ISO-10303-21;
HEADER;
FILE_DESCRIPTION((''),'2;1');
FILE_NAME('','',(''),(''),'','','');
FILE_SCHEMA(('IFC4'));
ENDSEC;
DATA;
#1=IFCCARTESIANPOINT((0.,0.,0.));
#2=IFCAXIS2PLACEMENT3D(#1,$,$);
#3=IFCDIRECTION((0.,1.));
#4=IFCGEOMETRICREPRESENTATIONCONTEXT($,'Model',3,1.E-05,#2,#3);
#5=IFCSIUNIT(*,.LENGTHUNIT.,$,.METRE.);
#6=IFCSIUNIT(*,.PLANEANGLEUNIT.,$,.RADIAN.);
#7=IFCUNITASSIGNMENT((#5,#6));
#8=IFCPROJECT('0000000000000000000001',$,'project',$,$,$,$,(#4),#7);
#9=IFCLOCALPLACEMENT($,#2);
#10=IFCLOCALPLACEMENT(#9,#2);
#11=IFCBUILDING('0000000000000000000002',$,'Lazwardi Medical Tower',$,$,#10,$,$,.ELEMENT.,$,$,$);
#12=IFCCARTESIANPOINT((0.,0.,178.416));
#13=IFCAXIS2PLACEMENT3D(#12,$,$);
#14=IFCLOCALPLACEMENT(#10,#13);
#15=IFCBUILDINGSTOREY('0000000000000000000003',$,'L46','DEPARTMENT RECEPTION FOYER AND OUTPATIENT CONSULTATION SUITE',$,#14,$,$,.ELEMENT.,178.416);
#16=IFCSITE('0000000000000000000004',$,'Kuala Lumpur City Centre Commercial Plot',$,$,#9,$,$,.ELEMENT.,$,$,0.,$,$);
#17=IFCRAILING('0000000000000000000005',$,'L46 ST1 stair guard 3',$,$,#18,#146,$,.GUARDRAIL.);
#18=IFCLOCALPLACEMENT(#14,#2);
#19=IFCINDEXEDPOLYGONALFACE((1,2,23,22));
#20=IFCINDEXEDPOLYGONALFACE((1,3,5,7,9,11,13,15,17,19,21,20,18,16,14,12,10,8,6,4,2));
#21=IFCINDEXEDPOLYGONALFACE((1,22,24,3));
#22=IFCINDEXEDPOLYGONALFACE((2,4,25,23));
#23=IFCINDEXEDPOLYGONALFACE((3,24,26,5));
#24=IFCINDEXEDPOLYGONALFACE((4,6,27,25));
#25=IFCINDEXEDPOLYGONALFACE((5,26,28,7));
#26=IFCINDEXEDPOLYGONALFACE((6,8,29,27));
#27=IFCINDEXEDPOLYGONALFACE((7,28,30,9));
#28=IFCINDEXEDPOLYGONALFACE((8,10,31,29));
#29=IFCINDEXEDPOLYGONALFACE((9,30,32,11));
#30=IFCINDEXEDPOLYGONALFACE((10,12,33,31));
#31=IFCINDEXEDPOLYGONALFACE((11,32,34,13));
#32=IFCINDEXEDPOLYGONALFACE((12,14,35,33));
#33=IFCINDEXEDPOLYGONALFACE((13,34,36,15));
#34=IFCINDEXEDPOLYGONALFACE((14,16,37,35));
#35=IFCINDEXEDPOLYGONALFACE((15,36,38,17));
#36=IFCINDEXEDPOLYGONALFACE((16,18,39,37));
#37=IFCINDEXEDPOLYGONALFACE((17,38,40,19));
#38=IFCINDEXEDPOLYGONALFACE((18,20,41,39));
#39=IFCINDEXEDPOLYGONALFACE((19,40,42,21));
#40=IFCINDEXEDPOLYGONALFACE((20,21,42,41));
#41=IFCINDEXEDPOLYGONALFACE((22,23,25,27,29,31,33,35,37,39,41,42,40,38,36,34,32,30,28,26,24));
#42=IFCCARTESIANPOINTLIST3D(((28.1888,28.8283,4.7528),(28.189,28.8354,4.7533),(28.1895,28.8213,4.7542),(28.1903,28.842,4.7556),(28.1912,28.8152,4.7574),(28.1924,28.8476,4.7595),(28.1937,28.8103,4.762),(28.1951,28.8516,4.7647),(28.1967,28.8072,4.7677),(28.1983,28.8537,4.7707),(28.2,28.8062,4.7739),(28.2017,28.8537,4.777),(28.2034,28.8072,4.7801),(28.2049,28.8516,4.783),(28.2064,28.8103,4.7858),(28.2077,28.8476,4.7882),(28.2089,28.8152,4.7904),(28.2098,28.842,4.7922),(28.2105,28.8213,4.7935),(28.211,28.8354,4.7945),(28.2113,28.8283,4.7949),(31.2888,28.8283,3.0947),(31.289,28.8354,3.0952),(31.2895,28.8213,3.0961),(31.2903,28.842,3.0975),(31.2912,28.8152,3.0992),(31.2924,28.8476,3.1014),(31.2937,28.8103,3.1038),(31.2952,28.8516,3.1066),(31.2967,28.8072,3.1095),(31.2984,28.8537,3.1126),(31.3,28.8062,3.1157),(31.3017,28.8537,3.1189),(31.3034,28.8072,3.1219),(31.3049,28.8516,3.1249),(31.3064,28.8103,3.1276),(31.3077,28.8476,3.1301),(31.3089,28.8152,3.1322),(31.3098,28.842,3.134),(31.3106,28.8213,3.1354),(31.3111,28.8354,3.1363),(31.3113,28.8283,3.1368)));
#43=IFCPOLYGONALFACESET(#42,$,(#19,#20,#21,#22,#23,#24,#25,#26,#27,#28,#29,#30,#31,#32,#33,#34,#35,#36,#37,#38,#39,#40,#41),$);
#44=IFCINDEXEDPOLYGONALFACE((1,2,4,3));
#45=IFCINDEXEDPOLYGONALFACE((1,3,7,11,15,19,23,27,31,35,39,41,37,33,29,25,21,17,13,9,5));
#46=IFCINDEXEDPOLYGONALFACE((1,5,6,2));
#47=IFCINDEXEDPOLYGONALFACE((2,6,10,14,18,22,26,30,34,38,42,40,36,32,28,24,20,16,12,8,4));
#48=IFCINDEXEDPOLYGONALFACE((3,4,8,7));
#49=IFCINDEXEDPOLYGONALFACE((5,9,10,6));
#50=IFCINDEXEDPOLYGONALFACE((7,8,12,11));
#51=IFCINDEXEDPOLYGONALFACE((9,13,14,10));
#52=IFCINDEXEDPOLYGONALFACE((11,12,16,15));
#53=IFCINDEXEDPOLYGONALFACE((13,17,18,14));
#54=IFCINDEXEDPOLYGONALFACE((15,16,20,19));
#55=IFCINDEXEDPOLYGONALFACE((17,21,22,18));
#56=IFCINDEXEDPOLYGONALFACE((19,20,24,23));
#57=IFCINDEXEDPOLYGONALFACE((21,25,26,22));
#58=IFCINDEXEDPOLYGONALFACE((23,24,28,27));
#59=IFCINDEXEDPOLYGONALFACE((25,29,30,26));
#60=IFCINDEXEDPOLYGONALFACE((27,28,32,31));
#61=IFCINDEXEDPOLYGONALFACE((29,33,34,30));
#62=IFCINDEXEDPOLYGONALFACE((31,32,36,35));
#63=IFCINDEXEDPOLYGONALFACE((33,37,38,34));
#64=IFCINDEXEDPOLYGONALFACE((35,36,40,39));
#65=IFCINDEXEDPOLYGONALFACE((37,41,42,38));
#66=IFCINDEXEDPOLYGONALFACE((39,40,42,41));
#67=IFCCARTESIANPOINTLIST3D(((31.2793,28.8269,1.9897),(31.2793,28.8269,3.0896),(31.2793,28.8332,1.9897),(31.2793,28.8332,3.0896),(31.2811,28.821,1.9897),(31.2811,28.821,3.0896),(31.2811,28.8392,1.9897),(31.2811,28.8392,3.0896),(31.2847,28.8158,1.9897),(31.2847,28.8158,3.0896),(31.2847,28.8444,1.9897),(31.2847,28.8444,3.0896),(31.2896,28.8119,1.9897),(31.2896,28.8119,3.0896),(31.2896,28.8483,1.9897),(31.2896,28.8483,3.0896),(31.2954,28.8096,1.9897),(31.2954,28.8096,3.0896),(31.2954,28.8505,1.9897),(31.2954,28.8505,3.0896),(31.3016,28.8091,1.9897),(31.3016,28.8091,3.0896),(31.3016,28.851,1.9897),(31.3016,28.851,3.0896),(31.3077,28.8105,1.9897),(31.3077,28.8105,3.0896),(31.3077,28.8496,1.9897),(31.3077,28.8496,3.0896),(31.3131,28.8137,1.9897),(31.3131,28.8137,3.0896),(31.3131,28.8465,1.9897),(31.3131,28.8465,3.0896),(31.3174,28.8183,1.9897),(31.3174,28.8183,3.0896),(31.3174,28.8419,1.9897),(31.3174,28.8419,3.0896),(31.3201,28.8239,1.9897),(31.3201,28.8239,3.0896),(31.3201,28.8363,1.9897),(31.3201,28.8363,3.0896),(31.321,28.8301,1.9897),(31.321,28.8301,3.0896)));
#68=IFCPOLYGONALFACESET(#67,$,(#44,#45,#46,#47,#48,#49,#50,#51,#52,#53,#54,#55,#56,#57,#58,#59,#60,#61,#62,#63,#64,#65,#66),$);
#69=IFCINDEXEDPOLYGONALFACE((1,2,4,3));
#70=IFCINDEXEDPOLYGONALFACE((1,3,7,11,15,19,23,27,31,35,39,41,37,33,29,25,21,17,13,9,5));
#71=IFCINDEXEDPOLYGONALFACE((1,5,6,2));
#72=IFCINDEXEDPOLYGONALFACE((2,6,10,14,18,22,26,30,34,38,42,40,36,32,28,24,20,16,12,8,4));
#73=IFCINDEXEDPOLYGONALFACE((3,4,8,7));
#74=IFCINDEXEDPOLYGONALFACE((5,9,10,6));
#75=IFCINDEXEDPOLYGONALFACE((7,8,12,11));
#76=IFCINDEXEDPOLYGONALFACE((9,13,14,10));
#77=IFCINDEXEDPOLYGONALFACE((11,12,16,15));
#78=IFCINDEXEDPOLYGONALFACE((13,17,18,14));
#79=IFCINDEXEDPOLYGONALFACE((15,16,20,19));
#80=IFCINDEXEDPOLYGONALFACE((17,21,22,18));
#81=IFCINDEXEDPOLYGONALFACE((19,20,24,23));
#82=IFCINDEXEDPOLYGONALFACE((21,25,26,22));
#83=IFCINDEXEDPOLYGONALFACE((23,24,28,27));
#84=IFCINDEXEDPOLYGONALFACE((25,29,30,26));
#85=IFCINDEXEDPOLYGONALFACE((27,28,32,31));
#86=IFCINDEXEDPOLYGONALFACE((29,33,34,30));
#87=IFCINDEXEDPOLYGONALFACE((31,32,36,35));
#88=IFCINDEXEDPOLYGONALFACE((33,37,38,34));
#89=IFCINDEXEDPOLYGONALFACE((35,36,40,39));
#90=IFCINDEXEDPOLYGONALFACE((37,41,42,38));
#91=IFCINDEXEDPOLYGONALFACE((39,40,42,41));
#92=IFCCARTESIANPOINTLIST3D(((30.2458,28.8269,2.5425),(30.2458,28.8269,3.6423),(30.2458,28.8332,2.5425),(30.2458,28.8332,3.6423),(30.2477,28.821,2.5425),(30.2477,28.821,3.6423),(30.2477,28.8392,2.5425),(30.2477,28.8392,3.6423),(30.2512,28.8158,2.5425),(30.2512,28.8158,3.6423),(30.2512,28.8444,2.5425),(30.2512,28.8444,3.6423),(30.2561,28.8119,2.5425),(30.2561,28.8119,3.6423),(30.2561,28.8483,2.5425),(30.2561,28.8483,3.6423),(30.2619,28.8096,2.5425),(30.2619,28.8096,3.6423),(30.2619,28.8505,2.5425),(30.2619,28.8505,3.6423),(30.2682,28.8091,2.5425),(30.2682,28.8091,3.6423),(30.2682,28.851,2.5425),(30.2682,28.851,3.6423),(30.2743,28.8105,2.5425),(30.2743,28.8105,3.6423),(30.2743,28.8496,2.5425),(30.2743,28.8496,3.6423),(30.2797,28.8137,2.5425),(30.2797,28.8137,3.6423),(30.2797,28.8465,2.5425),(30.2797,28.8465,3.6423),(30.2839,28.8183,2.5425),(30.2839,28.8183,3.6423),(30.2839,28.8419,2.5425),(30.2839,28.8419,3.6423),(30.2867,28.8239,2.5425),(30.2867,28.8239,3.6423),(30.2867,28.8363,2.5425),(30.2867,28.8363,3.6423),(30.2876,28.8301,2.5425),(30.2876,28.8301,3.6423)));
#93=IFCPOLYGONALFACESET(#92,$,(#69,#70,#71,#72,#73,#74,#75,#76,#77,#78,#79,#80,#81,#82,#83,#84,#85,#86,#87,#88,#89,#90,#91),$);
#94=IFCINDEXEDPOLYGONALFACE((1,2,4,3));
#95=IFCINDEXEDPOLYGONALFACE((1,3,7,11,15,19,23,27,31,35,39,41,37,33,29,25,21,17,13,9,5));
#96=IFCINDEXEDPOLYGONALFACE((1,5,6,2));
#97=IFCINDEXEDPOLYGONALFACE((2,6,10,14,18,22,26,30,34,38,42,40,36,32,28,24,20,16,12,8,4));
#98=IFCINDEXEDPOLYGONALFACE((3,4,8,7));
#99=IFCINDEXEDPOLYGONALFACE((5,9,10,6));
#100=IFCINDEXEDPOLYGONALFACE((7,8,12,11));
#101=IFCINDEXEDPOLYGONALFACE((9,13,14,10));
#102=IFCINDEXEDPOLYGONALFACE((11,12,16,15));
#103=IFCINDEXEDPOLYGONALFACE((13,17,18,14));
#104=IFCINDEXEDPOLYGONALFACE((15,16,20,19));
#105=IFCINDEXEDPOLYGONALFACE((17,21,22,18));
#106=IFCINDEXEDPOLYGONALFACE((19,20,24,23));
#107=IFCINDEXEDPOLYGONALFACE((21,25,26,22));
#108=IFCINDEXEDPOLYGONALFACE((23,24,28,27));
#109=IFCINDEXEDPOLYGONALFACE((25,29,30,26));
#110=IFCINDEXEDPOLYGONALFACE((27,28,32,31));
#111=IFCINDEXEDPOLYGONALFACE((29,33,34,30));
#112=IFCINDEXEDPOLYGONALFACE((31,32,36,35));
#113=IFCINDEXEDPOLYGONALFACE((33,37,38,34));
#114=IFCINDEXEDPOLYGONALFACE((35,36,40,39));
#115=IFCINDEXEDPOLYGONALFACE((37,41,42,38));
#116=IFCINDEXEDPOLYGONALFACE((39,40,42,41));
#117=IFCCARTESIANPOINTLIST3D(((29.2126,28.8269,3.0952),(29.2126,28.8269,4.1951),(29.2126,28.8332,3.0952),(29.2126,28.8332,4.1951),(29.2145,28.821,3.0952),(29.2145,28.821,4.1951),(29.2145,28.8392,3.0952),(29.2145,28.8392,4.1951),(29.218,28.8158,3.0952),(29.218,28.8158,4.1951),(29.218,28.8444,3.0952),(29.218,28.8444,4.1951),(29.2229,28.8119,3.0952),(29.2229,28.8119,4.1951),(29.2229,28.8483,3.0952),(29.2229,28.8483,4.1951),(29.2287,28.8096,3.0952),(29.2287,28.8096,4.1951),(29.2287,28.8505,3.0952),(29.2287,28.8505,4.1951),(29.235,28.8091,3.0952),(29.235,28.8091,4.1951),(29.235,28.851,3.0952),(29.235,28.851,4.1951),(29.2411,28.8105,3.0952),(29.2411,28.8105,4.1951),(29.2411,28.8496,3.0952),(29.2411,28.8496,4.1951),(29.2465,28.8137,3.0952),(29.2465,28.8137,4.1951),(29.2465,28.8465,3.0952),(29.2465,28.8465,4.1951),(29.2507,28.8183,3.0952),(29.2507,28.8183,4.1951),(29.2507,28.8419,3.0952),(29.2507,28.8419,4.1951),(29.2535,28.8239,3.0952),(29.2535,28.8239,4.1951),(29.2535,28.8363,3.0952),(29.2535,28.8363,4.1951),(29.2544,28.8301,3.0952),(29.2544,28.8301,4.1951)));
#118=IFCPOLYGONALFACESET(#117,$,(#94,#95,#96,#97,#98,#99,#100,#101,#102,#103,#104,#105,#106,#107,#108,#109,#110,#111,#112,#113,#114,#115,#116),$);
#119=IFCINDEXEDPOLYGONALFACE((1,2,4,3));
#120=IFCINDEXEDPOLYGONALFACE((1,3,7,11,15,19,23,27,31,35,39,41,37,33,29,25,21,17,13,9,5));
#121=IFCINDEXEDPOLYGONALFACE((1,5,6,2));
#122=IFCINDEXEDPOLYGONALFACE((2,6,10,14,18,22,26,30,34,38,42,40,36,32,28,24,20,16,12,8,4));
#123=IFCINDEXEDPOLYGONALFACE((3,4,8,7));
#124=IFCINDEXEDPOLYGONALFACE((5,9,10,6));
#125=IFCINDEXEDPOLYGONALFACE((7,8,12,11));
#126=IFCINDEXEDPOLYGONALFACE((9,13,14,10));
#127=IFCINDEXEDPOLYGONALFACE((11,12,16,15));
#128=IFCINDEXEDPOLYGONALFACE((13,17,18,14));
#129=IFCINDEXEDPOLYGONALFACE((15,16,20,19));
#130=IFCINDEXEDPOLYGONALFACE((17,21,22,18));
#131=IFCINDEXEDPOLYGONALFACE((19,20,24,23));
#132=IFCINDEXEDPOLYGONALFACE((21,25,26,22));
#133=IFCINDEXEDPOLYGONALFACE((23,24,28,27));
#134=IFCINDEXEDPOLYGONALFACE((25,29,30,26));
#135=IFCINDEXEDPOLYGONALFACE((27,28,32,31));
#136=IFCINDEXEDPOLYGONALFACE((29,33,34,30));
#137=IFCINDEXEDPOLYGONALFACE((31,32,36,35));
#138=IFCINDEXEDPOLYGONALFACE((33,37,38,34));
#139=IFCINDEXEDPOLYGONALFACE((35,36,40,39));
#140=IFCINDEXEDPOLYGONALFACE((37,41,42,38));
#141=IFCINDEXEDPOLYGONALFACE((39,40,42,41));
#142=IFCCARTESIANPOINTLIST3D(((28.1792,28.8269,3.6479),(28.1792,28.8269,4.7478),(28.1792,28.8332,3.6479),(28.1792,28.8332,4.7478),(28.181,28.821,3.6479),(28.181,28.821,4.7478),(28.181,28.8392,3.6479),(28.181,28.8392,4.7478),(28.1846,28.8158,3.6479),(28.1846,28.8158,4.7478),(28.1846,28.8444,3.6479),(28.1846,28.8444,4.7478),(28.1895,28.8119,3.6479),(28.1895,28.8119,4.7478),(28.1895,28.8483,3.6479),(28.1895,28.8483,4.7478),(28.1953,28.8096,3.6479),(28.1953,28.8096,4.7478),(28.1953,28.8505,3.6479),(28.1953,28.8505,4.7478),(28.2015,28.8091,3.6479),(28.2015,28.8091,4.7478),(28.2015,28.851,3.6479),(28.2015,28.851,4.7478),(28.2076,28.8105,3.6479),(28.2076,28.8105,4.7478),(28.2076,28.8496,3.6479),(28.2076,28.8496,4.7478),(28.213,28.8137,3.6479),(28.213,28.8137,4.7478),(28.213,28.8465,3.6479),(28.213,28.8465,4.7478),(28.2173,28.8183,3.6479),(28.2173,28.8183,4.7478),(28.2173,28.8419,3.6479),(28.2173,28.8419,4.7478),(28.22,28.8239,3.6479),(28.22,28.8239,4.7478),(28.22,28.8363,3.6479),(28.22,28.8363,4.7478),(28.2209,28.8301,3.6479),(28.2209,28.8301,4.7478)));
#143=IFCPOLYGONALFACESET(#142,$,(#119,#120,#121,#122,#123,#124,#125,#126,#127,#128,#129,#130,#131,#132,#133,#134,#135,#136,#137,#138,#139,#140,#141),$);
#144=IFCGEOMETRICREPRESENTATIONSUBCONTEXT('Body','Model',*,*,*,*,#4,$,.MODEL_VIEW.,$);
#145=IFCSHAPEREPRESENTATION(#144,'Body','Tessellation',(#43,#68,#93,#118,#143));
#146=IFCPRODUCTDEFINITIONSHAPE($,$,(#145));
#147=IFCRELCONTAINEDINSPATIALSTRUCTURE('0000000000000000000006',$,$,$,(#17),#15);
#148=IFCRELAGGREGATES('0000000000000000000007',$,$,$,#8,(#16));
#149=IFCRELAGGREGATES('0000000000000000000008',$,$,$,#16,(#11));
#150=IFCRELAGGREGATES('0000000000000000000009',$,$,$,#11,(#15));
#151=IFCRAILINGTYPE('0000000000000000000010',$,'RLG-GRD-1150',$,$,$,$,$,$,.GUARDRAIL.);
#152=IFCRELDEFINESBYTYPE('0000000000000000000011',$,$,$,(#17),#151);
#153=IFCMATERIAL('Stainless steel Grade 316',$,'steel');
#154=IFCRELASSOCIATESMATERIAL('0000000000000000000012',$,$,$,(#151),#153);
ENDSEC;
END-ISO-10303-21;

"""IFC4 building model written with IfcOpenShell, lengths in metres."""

from ifc_helpers import new_model, si_unit, direction, frame, origin, origin_2d, place, context, subcontext, project, spatial, circle, extrude, material, type_object, element, save


model = new_model("IFC4")

# Units and contexts
model_context = context("Model", 3, precision=1e-05, world=origin(), true_north=direction((0.0, 1.0)))
body_context = subcontext(model_context, "Body", "Model", "MODEL_VIEW")
ifc_project = project(units=[si_unit("LENGTHUNIT", "METRE"), si_unit("PLANEANGLEUNIT", "RADIAN")], contexts=[model_context])

# Site, building, storey
site_placement = place(None, origin())
site = spatial("IfcSite", under=ifc_project, at=site_placement, Name="Kuala Lumpur City Centre Commercial Plot", CompositionType="ELEMENT", RefElevation=0.0)
building_placement = place(site_placement, origin())
building = spatial("IfcBuilding", under=site, at=building_placement, Name="Lazwardi Medical Tower", CompositionType="ELEMENT")
storey_placement = place(building_placement, frame((0.0, 0.0, 178.416)))
storey = spatial("IfcBuildingStorey", under=building, at=storey_placement, Name="L46", Description="DEPARTMENT RECEPTION FOYER AND OUTPATIENT CONSULTATION SUITE", CompositionType="ELEMENT", Elevation=178.416)

# Railing
ifc_material_1 = material(Name="Stainless steel Grade 316", Category="steel")
railing_type_1 = type_object("IfcRailingType", Name="RLG-GRD-1150", PredefinedType="GUARDRAIL", material=ifc_material_1)
railing_1_placement = place(storey_placement, frame((31.3, 28.8301, 1.9897)))
element("IfcRailing", 1, at=railing_1_placement, inside=storey, type_object=railing_type_1, Name="L46 ST1 stair guard 3", PredefinedType="GUARDRAIL", context=body_context, shape_type="SweptSolid", body=[
    extrude(circle(Radius=0.0239, at=origin_2d()), frame((0.0, 0.0, 1.126), z_axis=(-0.881783, 0.0, 0.471655), x_axis=(0.0, -1.0, 0.0)), (0.0, 0.0, 1.0), 3.5156),
    extrude(circle(Radius=0.021, at=origin_2d()), origin(), (0.0, 0.0, 1.0), 1.0999),
    extrude(circle(Radius=0.021, at=origin_2d()), frame((-1.0334, 0.0, 0.5527)), (0.0, 0.0, 1.0), 1.0999),
    extrude(circle(Radius=0.021, at=origin_2d()), frame((-2.0667, 0.0, 1.1055)), (0.0, 0.0, 1.0), 1.0999),
    extrude(circle(Radius=0.021, at=origin_2d()), frame((-3.1001, 0.0, 1.6582)), (0.0, 0.0, 1.0), 1.0999),
])

save(model, "model.ifc")
